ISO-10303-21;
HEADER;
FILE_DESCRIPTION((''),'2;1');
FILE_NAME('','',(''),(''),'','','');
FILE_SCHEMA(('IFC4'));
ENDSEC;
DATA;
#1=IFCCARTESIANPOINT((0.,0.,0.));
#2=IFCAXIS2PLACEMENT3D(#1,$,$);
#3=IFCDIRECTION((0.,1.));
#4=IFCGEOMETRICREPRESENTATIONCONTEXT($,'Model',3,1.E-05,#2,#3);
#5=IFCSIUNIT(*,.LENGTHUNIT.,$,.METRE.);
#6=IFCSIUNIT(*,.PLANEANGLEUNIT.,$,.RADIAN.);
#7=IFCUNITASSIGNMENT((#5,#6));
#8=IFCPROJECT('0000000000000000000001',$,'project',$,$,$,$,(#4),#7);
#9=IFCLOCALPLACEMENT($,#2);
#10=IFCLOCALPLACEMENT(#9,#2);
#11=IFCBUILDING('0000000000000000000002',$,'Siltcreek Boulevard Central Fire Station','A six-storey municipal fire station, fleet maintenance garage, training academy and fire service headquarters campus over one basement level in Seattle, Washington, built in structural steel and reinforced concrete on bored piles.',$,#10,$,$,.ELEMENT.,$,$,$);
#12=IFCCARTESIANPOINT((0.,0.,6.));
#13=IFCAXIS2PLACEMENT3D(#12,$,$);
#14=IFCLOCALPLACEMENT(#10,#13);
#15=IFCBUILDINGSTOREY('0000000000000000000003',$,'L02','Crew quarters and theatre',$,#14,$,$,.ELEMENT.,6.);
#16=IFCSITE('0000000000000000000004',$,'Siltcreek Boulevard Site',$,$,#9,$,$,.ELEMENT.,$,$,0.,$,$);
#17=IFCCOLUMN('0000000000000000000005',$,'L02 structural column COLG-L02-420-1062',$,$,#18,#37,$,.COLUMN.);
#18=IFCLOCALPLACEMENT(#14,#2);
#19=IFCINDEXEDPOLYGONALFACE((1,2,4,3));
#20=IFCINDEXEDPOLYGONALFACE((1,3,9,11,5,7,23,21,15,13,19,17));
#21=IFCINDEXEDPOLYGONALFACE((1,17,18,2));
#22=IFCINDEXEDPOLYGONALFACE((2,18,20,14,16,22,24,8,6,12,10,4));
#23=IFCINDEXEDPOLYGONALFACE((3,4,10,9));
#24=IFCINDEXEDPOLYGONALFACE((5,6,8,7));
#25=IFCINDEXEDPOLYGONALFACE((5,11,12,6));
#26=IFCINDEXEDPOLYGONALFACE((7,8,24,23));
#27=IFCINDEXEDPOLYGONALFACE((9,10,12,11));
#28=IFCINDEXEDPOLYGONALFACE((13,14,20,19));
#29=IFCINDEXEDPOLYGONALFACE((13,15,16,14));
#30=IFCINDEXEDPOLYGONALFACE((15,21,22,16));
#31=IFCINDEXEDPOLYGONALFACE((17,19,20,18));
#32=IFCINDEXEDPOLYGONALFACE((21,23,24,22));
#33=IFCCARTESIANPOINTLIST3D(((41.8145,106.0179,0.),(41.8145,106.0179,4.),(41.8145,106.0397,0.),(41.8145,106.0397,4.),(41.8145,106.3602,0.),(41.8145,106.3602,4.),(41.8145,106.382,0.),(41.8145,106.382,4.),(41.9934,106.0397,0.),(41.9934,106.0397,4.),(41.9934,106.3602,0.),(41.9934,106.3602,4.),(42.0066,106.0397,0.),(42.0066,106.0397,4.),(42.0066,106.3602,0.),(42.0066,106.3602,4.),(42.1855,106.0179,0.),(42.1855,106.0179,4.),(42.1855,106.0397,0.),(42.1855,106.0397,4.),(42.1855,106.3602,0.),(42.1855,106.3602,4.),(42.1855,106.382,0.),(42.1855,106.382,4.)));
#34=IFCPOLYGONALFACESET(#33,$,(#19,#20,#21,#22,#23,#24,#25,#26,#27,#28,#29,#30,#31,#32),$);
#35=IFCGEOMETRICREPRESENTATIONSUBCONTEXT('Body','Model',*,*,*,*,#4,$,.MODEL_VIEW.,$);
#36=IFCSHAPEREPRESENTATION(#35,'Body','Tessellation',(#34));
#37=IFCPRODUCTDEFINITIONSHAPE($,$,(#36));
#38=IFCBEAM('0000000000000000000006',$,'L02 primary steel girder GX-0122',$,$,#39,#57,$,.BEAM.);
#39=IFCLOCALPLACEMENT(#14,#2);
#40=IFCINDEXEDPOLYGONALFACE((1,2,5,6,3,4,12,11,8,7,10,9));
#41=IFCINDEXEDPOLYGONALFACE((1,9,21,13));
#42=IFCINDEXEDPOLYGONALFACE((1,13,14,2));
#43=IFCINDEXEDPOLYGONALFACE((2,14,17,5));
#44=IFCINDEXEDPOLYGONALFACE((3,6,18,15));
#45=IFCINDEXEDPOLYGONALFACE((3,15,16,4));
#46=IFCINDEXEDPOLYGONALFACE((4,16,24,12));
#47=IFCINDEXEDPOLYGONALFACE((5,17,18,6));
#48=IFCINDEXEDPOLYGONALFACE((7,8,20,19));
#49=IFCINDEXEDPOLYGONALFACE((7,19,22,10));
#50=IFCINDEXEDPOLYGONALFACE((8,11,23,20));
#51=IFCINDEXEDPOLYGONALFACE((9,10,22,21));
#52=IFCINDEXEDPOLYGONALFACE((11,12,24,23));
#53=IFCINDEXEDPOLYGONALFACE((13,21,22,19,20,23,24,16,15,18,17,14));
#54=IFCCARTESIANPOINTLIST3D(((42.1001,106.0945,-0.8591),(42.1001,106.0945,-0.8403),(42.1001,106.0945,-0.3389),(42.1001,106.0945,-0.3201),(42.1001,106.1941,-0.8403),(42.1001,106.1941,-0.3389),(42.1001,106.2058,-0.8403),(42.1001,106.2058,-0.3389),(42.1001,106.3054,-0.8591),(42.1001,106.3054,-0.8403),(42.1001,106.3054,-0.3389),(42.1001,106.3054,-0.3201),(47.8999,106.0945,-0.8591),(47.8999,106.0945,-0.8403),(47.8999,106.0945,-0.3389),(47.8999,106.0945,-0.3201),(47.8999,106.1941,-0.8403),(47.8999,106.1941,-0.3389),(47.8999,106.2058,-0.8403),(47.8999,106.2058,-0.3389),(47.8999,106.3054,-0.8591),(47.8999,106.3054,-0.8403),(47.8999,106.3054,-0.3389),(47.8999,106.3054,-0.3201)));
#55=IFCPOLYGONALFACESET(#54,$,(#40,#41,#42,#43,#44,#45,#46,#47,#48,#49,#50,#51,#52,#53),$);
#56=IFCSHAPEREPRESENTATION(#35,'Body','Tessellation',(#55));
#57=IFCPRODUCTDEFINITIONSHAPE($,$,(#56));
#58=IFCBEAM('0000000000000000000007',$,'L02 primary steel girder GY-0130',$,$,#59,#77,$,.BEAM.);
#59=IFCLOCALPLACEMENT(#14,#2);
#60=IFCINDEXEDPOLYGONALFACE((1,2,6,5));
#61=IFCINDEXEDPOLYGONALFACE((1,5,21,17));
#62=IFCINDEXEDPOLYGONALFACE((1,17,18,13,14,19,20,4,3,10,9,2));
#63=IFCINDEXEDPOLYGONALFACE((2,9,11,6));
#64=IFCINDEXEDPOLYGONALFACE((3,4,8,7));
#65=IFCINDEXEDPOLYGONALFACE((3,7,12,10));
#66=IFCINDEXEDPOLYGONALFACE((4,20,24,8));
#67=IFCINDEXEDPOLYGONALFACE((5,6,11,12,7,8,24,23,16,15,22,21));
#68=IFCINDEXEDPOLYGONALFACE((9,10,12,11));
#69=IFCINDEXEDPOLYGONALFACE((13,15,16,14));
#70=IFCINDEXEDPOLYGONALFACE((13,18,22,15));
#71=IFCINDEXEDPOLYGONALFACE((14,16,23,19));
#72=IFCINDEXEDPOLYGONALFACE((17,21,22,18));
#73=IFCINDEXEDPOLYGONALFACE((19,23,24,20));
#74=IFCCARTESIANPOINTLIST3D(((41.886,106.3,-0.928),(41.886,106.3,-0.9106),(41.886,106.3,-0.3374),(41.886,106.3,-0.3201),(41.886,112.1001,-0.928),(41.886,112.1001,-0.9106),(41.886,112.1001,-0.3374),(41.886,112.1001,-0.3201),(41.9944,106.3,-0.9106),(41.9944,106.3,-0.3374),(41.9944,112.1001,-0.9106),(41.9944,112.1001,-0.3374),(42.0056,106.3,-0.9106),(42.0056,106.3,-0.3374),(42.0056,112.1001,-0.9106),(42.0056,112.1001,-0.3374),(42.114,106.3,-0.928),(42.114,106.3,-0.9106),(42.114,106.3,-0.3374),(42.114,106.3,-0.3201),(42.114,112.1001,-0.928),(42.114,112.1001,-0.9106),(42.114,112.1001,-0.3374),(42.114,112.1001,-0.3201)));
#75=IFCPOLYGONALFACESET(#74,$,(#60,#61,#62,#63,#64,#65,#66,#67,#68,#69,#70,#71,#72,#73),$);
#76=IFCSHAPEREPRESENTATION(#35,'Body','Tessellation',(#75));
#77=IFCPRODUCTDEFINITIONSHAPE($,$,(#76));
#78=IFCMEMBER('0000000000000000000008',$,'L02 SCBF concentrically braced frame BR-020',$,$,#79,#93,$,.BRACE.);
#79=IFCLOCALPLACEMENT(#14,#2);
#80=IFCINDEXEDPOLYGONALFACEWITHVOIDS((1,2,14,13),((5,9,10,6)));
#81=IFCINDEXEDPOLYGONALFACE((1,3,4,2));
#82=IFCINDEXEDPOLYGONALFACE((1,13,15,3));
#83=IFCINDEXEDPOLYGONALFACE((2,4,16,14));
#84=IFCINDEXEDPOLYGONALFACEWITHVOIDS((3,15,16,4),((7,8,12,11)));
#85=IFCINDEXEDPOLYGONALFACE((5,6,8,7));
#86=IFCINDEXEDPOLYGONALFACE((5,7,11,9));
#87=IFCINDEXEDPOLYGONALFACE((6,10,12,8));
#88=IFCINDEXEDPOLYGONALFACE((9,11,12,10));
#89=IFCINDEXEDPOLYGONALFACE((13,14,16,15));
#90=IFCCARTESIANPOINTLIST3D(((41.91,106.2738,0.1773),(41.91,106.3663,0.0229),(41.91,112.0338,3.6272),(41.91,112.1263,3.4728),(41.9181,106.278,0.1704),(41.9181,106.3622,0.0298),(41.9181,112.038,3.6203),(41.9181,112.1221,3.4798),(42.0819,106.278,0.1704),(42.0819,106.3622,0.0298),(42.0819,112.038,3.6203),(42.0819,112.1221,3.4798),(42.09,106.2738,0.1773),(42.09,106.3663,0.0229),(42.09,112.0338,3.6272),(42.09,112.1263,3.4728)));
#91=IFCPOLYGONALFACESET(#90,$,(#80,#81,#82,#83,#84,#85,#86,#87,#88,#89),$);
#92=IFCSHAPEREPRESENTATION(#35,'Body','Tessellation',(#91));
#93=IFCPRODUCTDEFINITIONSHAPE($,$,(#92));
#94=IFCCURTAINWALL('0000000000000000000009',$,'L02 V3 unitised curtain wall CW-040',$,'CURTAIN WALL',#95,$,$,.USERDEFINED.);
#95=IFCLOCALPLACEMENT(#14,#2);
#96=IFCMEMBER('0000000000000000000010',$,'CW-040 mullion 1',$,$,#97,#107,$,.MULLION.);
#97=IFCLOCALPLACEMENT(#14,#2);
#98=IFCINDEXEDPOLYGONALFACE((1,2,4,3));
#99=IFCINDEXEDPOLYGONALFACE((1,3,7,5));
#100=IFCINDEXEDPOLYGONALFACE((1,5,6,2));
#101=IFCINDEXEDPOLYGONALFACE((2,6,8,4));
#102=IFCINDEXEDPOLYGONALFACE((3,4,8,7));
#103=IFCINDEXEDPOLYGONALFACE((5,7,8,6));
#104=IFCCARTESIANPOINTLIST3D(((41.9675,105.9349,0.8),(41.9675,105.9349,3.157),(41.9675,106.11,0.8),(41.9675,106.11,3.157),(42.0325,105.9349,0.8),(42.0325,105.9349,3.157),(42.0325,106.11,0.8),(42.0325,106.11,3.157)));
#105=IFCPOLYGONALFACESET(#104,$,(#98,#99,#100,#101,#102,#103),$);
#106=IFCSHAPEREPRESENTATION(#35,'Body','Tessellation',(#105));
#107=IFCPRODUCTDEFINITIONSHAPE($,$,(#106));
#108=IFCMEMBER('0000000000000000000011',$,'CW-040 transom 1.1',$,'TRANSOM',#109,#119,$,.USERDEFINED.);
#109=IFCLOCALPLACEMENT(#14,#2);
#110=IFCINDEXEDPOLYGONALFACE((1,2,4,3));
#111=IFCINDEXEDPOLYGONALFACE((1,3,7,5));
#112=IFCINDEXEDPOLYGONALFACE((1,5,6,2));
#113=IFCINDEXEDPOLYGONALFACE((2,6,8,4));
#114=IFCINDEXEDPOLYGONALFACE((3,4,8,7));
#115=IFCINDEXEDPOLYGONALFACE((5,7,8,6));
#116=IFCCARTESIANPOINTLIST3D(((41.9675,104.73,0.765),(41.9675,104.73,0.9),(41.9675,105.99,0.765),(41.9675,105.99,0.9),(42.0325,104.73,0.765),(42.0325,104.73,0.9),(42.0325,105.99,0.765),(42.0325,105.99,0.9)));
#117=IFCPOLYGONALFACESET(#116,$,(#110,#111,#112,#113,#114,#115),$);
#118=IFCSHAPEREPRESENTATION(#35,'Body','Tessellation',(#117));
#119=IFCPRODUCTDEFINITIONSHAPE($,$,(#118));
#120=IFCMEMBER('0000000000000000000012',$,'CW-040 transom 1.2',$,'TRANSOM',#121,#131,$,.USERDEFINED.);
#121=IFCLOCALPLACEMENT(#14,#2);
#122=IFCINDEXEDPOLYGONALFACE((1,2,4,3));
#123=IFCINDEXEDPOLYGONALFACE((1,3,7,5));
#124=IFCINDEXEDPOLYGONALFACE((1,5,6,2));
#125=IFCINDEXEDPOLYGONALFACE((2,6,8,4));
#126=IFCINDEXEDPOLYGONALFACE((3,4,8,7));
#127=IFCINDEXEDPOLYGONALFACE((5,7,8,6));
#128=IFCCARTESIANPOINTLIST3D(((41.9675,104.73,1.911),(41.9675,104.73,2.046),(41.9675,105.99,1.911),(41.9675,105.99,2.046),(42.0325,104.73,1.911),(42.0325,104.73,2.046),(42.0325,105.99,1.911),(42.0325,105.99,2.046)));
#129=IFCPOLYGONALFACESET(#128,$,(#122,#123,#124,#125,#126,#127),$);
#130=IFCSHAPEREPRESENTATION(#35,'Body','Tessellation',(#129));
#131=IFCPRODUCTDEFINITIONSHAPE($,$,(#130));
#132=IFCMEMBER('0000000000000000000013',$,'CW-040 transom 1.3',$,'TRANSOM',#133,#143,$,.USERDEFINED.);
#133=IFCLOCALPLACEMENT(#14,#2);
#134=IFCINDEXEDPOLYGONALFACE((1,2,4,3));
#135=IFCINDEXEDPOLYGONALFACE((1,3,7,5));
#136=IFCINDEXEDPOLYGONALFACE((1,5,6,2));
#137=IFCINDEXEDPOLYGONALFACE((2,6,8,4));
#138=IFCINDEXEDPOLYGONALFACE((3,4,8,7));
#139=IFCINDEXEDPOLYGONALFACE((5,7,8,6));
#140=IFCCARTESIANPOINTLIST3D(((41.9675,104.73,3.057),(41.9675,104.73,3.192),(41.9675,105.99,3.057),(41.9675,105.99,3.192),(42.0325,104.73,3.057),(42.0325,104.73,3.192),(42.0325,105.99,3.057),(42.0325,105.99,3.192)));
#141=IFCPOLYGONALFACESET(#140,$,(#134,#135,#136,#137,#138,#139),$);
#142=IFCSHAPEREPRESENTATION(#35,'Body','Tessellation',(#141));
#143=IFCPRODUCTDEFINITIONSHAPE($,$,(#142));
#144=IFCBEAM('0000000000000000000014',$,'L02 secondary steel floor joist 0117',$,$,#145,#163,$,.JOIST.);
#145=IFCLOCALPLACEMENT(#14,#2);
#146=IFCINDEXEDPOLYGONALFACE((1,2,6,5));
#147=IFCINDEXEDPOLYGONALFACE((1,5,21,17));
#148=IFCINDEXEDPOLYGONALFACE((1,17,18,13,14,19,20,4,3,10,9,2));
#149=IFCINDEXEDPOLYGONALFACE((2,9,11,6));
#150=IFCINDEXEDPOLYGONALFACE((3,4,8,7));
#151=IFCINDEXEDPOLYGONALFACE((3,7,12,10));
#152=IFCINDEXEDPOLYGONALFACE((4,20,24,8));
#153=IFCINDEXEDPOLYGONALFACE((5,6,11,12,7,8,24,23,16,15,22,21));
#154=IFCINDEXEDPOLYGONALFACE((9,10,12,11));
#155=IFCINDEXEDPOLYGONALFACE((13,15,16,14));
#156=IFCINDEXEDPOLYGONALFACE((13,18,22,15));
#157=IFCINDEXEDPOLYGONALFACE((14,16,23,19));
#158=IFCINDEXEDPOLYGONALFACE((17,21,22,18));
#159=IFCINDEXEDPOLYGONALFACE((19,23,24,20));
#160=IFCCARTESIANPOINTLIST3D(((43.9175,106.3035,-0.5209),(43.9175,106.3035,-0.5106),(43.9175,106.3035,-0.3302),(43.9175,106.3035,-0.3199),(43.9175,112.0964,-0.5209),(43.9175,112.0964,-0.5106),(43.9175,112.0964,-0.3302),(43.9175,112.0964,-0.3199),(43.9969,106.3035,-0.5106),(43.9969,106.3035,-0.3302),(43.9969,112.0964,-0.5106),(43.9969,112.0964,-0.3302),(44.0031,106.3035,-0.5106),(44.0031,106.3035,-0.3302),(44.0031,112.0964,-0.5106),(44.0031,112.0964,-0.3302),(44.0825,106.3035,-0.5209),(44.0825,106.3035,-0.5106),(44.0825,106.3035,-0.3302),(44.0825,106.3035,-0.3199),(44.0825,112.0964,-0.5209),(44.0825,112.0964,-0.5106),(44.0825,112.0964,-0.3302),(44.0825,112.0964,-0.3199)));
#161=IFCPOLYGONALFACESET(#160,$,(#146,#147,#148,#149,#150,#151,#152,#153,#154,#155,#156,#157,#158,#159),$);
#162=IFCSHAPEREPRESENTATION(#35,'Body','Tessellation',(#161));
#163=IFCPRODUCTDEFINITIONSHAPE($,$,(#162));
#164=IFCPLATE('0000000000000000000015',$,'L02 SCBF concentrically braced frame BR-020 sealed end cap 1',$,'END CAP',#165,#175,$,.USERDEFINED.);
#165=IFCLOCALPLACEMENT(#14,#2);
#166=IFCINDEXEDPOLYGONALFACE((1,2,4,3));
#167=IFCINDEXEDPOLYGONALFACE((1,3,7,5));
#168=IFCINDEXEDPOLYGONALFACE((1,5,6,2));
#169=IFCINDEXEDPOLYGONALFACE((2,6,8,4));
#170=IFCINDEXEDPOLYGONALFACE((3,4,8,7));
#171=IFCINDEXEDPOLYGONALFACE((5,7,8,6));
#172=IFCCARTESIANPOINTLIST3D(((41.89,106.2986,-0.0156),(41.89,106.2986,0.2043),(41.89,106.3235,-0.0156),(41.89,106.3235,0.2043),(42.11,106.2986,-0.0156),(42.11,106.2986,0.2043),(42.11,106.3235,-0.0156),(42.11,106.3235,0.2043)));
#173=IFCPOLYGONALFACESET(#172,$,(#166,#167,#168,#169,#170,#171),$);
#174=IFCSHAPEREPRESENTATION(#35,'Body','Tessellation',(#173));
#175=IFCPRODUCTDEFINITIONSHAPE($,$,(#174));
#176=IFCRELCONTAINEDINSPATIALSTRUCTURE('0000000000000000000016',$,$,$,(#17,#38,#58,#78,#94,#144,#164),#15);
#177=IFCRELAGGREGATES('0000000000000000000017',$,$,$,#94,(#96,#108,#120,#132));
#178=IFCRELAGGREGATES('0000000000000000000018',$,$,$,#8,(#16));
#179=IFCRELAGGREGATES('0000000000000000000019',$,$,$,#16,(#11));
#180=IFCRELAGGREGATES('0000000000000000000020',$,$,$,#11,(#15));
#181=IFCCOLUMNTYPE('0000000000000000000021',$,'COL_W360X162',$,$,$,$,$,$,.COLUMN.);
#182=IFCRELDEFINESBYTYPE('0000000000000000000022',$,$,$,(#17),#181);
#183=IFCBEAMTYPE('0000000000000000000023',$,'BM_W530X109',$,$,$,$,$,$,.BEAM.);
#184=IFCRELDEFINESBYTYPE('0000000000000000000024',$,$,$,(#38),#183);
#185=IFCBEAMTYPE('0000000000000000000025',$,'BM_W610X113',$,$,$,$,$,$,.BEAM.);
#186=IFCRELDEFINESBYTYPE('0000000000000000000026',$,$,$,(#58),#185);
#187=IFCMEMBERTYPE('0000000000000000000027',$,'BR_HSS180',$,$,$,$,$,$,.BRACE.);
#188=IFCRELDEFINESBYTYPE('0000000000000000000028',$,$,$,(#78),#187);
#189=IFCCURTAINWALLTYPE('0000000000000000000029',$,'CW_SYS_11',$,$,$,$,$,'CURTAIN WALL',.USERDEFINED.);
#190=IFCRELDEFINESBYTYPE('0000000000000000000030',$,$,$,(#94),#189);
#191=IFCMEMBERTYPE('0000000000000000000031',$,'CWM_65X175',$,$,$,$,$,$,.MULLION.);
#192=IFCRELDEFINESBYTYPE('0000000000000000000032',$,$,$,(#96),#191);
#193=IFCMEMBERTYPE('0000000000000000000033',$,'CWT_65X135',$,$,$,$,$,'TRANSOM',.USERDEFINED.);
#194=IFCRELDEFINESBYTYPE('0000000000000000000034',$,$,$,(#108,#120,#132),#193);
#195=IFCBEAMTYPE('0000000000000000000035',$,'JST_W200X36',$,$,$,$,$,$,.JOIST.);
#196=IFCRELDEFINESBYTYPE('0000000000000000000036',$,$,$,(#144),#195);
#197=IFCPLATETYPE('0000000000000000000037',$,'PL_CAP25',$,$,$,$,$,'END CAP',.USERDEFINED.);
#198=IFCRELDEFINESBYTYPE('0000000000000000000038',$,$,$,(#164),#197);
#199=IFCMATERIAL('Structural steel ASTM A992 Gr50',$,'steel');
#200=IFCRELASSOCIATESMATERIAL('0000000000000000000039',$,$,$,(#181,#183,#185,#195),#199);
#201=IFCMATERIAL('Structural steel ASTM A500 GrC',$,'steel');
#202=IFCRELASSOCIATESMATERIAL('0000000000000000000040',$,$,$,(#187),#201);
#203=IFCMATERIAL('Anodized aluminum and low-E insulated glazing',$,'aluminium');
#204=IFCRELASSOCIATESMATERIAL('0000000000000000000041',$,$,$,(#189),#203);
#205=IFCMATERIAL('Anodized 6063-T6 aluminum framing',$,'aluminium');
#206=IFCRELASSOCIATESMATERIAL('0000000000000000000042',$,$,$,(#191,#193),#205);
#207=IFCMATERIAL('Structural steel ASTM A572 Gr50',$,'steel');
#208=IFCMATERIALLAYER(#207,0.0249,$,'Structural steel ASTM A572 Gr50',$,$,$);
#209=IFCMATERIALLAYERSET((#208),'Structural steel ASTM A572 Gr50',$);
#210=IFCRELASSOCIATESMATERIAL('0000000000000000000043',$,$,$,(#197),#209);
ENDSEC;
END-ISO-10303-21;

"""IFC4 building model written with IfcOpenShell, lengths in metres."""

from ifc_helpers import new_model, si_unit, direction, frame, origin, origin_2d, place, context, subcontext, project, spatial, rectangle, hollow_rectangle, i_section, extrude, material, layer, layer_set, material_profile, profile_set, type_object, element, aggregate, save


model = new_model("IFC4")

# Units and contexts
model_context = context("Model", 3, precision=1e-05, world=origin(), true_north=direction((0.0, 1.0)))
body_context = subcontext(model_context, "Body", "Model", "MODEL_VIEW")
ifc_project = project(units=[si_unit("LENGTHUNIT", "METRE"), si_unit("PLANEANGLEUNIT", "RADIAN")], contexts=[model_context])

# Site, building, storey
site_placement = place(None, origin())
site = spatial("IfcSite", under=ifc_project, at=site_placement, Name="Siltcreek Boulevard Site", CompositionType="ELEMENT", RefElevation=0.0)
building_placement = place(site_placement, origin())
building = spatial("IfcBuilding", under=site, at=building_placement, Name="Siltcreek Boulevard Central Fire Station", Description="A six-storey municipal fire station, fleet maintenance garage, training academy and fire service headquarters campus over one basement level in Seattle, Washington, built in structural steel and reinforced concrete on bored piles.", CompositionType="ELEMENT")
storey_placement = place(building_placement, frame((0.0, 0.0, 6.0)))
storey = spatial("IfcBuildingStorey", under=building, at=storey_placement, Name="L02", Description="Crew quarters and theatre", CompositionType="ELEMENT", Elevation=6.0)

# Column
ifc_material_1 = material(Name="Structural steel ASTM A992 Gr50", Category="steel")
ifc_material_profile_1 = material_profile(ifc_material_1, i_section(OverallWidth=0.3711, OverallDepth=0.364, WebThickness=0.0132, FlangeThickness=0.0217, at=origin_2d()), Name="W360X162")
ifc_profile_set_1 = profile_set([ifc_material_profile_1], Name="Structural steel ASTM A992 Gr50")
column_type = type_object("IfcColumnType", Name="COL_W360X162", PredefinedType="COLUMN", material=ifc_profile_set_1)
column_placement = place(storey_placement, frame((42.0, 106.2, 0.0), z_axis=(0.0, 0.0, 1.0), x_axis=(1.0, 0.0, 0.0)))
element("IfcColumn", 1, at=column_placement, inside=storey, type_object=column_type, Name="L02 structural column COLG-L02-420-1062", PredefinedType="COLUMN", context=body_context, shape_type="SweptSolid", body=[
    extrude(i_section(OverallWidth=0.3711, OverallDepth=0.364, WebThickness=0.0132, FlangeThickness=0.0217, at=origin_2d()), origin(), (0.0, 0.0, 1.0), 4.0),
])

# Beams
ifc_material_profile_2 = material_profile(ifc_material_1, i_section(OverallWidth=0.2109, OverallDepth=0.5391, WebThickness=0.0117, FlangeThickness=0.0188, at=origin_2d()), Name="W530X109")
ifc_profile_set_2 = profile_set([ifc_material_profile_2], Name="Structural steel ASTM A992 Gr50")
beam_type_1 = type_object("IfcBeamType", Name="BM_W530X109", PredefinedType="BEAM", material=ifc_profile_set_2)
beam_1_placement = place(storey_placement, frame((42.1001, 106.2, -0.5896), z_axis=(1.0, 0.0, 0.0), x_axis=(0.0, 1.0, 0.0)))
element("IfcBeam", 2, at=beam_1_placement, inside=storey, type_object=beam_type_1, Name="L02 primary steel girder GX-0122", PredefinedType="BEAM", context=body_context, shape_type="SweptSolid", body=[
    extrude(i_section(OverallWidth=0.2109, OverallDepth=0.5391, WebThickness=0.0117, FlangeThickness=0.0188, at=origin_2d()), origin(), (0.0, 0.0, 1.0), 5.7998),
])
ifc_material_profile_3 = material_profile(ifc_material_1, i_section(OverallWidth=0.228, OverallDepth=0.6079, WebThickness=0.0112, FlangeThickness=0.0173, at=origin_2d()), Name="W610X113")
ifc_profile_set_3 = profile_set([ifc_material_profile_3], Name="Structural steel ASTM A992 Gr50")
beam_type_2 = type_object("IfcBeamType", Name="BM_W610X113", PredefinedType="BEAM", material=ifc_profile_set_3)
beam_2_placement = place(storey_placement, frame((42.0, 106.3, -0.624), z_axis=(0.0, 1.0, 0.0), x_axis=(-1.0, 0.0, 0.0)))
element("IfcBeam", 3, at=beam_2_placement, inside=storey, type_object=beam_type_2, Name="L02 primary steel girder GY-0130", PredefinedType="BEAM", context=body_context, shape_type="SweptSolid", body=[
    extrude(i_section(OverallWidth=0.228, OverallDepth=0.6079, WebThickness=0.0112, FlangeThickness=0.0173, at=origin_2d()), origin(), (0.0, 0.0, 1.0), 5.8),
])

# Member
ifc_material_2 = material(Name="Structural steel ASTM A500 GrC", Category="steel")
ifc_material_profile_4 = material_profile(ifc_material_2, hollow_rectangle(XDim=0.1799, YDim=0.1799, WallThickness=0.0081, at=origin_2d()), Name="HSS180X180X8.0")
ifc_profile_set_4 = profile_set([ifc_material_profile_4], Name="Structural steel ASTM A500 GrC")
member_type_1 = type_object("IfcMemberType", Name="BR_HSS180", PredefinedType="BRACE", material=ifc_profile_set_4)
member_1_placement = place(storey_placement, frame((42.0, 106.3201, 0.1001), z_axis=(0.0, 0.857891, 0.513833), x_axis=(-1.0, 0.0, 0.0)))
element("IfcMember", 4, at=member_1_placement, inside=storey, type_object=member_type_1, Name="L02 SCBF concentrically braced frame BR-020", PredefinedType="BRACE", context=body_context, shape_type="SweptSolid", body=[
    extrude(hollow_rectangle(XDim=0.1799, YDim=0.1799, WallThickness=0.0081, at=origin_2d()), origin(), (0.0, 0.0, 1.0), 6.7141),
])

# Curtain wall, members
ifc_material_3 = material(Name="Anodized aluminum and low-E insulated glazing", Category="aluminium")
curtain_wall_type = type_object("IfcCurtainWallType", Name="CW_SYS_11", ElementType="CURTAIN WALL", PredefinedType="USERDEFINED", material=ifc_material_3)
curtain_wall_placement = place(storey_placement, origin())
curtain_wall = element("IfcCurtainWall", 5, at=curtain_wall_placement, inside=storey, type_object=curtain_wall_type, Name="L02 V3 unitised curtain wall CW-040", ObjectType="CURTAIN WALL", PredefinedType="USERDEFINED")
ifc_material_4 = material(Name="Anodized 6063-T6 aluminum framing", Category="aluminium")
ifc_material_profile_5 = material_profile(ifc_material_4, rectangle(XDim=0.0649, YDim=0.175, at=origin_2d()), Name="MULL65X175")
ifc_profile_set_5 = profile_set([ifc_material_profile_5], Name="Anodized 6063-T6 aluminum framing")
member_type_2 = type_object("IfcMemberType", Name="CWM_65X175", PredefinedType="MULLION", material=ifc_profile_set_5)
member_2_placement = place(storey_placement, frame((42.0, 106.0225, 0.8), z_axis=(0.0, 0.0, 1.0), x_axis=(1.0, 0.0, 0.0)))
member_2 = element("IfcMember", 6, at=member_2_placement, type_object=member_type_2, Name="CW-040 mullion 1", PredefinedType="MULLION", context=body_context, shape_type="SweptSolid", body=[
    extrude(rectangle(XDim=0.0649, YDim=0.175, at=origin_2d()), origin(), (0.0, 0.0, 1.0), 2.3569),
])
ifc_material_profile_6 = material_profile(ifc_material_4, rectangle(XDim=0.0649, YDim=0.135, at=origin_2d()), Name="TRAN65X135")
ifc_profile_set_6 = profile_set([ifc_material_profile_6], Name="Anodized 6063-T6 aluminum framing")
member_type_3 = type_object("IfcMemberType", Name="CWT_65X135", ElementType="TRANSOM", PredefinedType="USERDEFINED", material=ifc_profile_set_6)
member_3_placement = place(storey_placement, frame((42.0, 105.99, 0.8325), z_axis=(0.0, -1.0, 0.0), x_axis=(1.0, 0.0, 0.0)))
member_3 = element("IfcMember", 7, at=member_3_placement, type_object=member_type_3, Name="CW-040 transom 1.1", ObjectType="TRANSOM", PredefinedType="USERDEFINED", context=body_context, shape_type="SweptSolid", body=[
    extrude(rectangle(XDim=0.0649, YDim=0.135, at=origin_2d()), origin(), (0.0, 0.0, 1.0), 1.26),
])
member_4_placement = place(storey_placement, frame((42.0, 105.99, 1.9785), z_axis=(0.0, -1.0, 0.0), x_axis=(1.0, 0.0, 0.0)))
member_4 = element("IfcMember", 8, at=member_4_placement, type_object=member_type_3, Name="CW-040 transom 1.2", ObjectType="TRANSOM", PredefinedType="USERDEFINED", context=body_context, shape_type="SweptSolid", body=[
    extrude(rectangle(XDim=0.0649, YDim=0.135, at=origin_2d()), origin(), (0.0, 0.0, 1.0), 1.26),
])
member_5_placement = place(storey_placement, frame((42.0, 105.99, 3.1245), z_axis=(0.0, -1.0, 0.0), x_axis=(1.0, 0.0, 0.0)))
member_5 = element("IfcMember", 9, at=member_5_placement, type_object=member_type_3, Name="CW-040 transom 1.3", ObjectType="TRANSOM", PredefinedType="USERDEFINED", context=body_context, shape_type="SweptSolid", body=[
    extrude(rectangle(XDim=0.0649, YDim=0.135, at=origin_2d()), origin(), (0.0, 0.0, 1.0), 1.26),
])
aggregate(curtain_wall, [member_2, member_3, member_4, member_5])

# Beam
ifc_material_profile_7 = material_profile(ifc_material_1, i_section(OverallWidth=0.165, OverallDepth=0.2009, WebThickness=0.0061, FlangeThickness=0.0103, at=origin_2d()), Name="W200X36")
ifc_profile_set_7 = profile_set([ifc_material_profile_7], Name="Structural steel ASTM A992 Gr50")
beam_type_3 = type_object("IfcBeamType", Name="JST_W200X36", PredefinedType="JOIST", material=ifc_profile_set_7)
beam_3_placement = place(storey_placement, frame((44.0, 106.3035, -0.4204), z_axis=(0.0, 1.0, 0.0), x_axis=(-1.0, 0.0, 0.0)))
element("IfcBeam", 10, at=beam_3_placement, inside=storey, type_object=beam_type_3, Name="L02 secondary steel floor joist 0117", PredefinedType="JOIST", context=body_context, shape_type="SweptSolid", body=[
    extrude(i_section(OverallWidth=0.165, OverallDepth=0.2009, WebThickness=0.0061, FlangeThickness=0.0103, at=origin_2d()), origin(), (0.0, 0.0, 1.0), 5.793),
])

# Plate
ifc_material_5 = material(Name="Structural steel ASTM A572 Gr50", Category="steel")
ifc_layer_1 = layer(ifc_material_5, 0.0249, Name="Structural steel ASTM A572 Gr50")
ifc_layer_set_1 = layer_set([ifc_layer_1], Name="Structural steel ASTM A572 Gr50")
plate_type_1 = type_object("IfcPlateType", Name="PL_CAP25", ElementType="END CAP", PredefinedType="USERDEFINED", material=ifc_layer_set_1)
plate_1_placement = place(storey_placement, frame((42.0, 106.311, -0.0156), z_axis=(0.0, 0.0, 1.0), x_axis=(0.0, 1.0, 0.0)))
element("IfcPlate", 11, at=plate_1_placement, inside=storey, type_object=plate_type_1, Name="L02 SCBF concentrically braced frame BR-020 sealed end cap 1", ObjectType="END CAP", PredefinedType="USERDEFINED", context=body_context, shape_type="SweptSolid", body=[
    extrude(rectangle(XDim=0.0249, YDim=0.22, at=origin_2d()), origin(), (0.0, 0.0, 1.0), 0.22),
])

save(model, "model.ifc")
